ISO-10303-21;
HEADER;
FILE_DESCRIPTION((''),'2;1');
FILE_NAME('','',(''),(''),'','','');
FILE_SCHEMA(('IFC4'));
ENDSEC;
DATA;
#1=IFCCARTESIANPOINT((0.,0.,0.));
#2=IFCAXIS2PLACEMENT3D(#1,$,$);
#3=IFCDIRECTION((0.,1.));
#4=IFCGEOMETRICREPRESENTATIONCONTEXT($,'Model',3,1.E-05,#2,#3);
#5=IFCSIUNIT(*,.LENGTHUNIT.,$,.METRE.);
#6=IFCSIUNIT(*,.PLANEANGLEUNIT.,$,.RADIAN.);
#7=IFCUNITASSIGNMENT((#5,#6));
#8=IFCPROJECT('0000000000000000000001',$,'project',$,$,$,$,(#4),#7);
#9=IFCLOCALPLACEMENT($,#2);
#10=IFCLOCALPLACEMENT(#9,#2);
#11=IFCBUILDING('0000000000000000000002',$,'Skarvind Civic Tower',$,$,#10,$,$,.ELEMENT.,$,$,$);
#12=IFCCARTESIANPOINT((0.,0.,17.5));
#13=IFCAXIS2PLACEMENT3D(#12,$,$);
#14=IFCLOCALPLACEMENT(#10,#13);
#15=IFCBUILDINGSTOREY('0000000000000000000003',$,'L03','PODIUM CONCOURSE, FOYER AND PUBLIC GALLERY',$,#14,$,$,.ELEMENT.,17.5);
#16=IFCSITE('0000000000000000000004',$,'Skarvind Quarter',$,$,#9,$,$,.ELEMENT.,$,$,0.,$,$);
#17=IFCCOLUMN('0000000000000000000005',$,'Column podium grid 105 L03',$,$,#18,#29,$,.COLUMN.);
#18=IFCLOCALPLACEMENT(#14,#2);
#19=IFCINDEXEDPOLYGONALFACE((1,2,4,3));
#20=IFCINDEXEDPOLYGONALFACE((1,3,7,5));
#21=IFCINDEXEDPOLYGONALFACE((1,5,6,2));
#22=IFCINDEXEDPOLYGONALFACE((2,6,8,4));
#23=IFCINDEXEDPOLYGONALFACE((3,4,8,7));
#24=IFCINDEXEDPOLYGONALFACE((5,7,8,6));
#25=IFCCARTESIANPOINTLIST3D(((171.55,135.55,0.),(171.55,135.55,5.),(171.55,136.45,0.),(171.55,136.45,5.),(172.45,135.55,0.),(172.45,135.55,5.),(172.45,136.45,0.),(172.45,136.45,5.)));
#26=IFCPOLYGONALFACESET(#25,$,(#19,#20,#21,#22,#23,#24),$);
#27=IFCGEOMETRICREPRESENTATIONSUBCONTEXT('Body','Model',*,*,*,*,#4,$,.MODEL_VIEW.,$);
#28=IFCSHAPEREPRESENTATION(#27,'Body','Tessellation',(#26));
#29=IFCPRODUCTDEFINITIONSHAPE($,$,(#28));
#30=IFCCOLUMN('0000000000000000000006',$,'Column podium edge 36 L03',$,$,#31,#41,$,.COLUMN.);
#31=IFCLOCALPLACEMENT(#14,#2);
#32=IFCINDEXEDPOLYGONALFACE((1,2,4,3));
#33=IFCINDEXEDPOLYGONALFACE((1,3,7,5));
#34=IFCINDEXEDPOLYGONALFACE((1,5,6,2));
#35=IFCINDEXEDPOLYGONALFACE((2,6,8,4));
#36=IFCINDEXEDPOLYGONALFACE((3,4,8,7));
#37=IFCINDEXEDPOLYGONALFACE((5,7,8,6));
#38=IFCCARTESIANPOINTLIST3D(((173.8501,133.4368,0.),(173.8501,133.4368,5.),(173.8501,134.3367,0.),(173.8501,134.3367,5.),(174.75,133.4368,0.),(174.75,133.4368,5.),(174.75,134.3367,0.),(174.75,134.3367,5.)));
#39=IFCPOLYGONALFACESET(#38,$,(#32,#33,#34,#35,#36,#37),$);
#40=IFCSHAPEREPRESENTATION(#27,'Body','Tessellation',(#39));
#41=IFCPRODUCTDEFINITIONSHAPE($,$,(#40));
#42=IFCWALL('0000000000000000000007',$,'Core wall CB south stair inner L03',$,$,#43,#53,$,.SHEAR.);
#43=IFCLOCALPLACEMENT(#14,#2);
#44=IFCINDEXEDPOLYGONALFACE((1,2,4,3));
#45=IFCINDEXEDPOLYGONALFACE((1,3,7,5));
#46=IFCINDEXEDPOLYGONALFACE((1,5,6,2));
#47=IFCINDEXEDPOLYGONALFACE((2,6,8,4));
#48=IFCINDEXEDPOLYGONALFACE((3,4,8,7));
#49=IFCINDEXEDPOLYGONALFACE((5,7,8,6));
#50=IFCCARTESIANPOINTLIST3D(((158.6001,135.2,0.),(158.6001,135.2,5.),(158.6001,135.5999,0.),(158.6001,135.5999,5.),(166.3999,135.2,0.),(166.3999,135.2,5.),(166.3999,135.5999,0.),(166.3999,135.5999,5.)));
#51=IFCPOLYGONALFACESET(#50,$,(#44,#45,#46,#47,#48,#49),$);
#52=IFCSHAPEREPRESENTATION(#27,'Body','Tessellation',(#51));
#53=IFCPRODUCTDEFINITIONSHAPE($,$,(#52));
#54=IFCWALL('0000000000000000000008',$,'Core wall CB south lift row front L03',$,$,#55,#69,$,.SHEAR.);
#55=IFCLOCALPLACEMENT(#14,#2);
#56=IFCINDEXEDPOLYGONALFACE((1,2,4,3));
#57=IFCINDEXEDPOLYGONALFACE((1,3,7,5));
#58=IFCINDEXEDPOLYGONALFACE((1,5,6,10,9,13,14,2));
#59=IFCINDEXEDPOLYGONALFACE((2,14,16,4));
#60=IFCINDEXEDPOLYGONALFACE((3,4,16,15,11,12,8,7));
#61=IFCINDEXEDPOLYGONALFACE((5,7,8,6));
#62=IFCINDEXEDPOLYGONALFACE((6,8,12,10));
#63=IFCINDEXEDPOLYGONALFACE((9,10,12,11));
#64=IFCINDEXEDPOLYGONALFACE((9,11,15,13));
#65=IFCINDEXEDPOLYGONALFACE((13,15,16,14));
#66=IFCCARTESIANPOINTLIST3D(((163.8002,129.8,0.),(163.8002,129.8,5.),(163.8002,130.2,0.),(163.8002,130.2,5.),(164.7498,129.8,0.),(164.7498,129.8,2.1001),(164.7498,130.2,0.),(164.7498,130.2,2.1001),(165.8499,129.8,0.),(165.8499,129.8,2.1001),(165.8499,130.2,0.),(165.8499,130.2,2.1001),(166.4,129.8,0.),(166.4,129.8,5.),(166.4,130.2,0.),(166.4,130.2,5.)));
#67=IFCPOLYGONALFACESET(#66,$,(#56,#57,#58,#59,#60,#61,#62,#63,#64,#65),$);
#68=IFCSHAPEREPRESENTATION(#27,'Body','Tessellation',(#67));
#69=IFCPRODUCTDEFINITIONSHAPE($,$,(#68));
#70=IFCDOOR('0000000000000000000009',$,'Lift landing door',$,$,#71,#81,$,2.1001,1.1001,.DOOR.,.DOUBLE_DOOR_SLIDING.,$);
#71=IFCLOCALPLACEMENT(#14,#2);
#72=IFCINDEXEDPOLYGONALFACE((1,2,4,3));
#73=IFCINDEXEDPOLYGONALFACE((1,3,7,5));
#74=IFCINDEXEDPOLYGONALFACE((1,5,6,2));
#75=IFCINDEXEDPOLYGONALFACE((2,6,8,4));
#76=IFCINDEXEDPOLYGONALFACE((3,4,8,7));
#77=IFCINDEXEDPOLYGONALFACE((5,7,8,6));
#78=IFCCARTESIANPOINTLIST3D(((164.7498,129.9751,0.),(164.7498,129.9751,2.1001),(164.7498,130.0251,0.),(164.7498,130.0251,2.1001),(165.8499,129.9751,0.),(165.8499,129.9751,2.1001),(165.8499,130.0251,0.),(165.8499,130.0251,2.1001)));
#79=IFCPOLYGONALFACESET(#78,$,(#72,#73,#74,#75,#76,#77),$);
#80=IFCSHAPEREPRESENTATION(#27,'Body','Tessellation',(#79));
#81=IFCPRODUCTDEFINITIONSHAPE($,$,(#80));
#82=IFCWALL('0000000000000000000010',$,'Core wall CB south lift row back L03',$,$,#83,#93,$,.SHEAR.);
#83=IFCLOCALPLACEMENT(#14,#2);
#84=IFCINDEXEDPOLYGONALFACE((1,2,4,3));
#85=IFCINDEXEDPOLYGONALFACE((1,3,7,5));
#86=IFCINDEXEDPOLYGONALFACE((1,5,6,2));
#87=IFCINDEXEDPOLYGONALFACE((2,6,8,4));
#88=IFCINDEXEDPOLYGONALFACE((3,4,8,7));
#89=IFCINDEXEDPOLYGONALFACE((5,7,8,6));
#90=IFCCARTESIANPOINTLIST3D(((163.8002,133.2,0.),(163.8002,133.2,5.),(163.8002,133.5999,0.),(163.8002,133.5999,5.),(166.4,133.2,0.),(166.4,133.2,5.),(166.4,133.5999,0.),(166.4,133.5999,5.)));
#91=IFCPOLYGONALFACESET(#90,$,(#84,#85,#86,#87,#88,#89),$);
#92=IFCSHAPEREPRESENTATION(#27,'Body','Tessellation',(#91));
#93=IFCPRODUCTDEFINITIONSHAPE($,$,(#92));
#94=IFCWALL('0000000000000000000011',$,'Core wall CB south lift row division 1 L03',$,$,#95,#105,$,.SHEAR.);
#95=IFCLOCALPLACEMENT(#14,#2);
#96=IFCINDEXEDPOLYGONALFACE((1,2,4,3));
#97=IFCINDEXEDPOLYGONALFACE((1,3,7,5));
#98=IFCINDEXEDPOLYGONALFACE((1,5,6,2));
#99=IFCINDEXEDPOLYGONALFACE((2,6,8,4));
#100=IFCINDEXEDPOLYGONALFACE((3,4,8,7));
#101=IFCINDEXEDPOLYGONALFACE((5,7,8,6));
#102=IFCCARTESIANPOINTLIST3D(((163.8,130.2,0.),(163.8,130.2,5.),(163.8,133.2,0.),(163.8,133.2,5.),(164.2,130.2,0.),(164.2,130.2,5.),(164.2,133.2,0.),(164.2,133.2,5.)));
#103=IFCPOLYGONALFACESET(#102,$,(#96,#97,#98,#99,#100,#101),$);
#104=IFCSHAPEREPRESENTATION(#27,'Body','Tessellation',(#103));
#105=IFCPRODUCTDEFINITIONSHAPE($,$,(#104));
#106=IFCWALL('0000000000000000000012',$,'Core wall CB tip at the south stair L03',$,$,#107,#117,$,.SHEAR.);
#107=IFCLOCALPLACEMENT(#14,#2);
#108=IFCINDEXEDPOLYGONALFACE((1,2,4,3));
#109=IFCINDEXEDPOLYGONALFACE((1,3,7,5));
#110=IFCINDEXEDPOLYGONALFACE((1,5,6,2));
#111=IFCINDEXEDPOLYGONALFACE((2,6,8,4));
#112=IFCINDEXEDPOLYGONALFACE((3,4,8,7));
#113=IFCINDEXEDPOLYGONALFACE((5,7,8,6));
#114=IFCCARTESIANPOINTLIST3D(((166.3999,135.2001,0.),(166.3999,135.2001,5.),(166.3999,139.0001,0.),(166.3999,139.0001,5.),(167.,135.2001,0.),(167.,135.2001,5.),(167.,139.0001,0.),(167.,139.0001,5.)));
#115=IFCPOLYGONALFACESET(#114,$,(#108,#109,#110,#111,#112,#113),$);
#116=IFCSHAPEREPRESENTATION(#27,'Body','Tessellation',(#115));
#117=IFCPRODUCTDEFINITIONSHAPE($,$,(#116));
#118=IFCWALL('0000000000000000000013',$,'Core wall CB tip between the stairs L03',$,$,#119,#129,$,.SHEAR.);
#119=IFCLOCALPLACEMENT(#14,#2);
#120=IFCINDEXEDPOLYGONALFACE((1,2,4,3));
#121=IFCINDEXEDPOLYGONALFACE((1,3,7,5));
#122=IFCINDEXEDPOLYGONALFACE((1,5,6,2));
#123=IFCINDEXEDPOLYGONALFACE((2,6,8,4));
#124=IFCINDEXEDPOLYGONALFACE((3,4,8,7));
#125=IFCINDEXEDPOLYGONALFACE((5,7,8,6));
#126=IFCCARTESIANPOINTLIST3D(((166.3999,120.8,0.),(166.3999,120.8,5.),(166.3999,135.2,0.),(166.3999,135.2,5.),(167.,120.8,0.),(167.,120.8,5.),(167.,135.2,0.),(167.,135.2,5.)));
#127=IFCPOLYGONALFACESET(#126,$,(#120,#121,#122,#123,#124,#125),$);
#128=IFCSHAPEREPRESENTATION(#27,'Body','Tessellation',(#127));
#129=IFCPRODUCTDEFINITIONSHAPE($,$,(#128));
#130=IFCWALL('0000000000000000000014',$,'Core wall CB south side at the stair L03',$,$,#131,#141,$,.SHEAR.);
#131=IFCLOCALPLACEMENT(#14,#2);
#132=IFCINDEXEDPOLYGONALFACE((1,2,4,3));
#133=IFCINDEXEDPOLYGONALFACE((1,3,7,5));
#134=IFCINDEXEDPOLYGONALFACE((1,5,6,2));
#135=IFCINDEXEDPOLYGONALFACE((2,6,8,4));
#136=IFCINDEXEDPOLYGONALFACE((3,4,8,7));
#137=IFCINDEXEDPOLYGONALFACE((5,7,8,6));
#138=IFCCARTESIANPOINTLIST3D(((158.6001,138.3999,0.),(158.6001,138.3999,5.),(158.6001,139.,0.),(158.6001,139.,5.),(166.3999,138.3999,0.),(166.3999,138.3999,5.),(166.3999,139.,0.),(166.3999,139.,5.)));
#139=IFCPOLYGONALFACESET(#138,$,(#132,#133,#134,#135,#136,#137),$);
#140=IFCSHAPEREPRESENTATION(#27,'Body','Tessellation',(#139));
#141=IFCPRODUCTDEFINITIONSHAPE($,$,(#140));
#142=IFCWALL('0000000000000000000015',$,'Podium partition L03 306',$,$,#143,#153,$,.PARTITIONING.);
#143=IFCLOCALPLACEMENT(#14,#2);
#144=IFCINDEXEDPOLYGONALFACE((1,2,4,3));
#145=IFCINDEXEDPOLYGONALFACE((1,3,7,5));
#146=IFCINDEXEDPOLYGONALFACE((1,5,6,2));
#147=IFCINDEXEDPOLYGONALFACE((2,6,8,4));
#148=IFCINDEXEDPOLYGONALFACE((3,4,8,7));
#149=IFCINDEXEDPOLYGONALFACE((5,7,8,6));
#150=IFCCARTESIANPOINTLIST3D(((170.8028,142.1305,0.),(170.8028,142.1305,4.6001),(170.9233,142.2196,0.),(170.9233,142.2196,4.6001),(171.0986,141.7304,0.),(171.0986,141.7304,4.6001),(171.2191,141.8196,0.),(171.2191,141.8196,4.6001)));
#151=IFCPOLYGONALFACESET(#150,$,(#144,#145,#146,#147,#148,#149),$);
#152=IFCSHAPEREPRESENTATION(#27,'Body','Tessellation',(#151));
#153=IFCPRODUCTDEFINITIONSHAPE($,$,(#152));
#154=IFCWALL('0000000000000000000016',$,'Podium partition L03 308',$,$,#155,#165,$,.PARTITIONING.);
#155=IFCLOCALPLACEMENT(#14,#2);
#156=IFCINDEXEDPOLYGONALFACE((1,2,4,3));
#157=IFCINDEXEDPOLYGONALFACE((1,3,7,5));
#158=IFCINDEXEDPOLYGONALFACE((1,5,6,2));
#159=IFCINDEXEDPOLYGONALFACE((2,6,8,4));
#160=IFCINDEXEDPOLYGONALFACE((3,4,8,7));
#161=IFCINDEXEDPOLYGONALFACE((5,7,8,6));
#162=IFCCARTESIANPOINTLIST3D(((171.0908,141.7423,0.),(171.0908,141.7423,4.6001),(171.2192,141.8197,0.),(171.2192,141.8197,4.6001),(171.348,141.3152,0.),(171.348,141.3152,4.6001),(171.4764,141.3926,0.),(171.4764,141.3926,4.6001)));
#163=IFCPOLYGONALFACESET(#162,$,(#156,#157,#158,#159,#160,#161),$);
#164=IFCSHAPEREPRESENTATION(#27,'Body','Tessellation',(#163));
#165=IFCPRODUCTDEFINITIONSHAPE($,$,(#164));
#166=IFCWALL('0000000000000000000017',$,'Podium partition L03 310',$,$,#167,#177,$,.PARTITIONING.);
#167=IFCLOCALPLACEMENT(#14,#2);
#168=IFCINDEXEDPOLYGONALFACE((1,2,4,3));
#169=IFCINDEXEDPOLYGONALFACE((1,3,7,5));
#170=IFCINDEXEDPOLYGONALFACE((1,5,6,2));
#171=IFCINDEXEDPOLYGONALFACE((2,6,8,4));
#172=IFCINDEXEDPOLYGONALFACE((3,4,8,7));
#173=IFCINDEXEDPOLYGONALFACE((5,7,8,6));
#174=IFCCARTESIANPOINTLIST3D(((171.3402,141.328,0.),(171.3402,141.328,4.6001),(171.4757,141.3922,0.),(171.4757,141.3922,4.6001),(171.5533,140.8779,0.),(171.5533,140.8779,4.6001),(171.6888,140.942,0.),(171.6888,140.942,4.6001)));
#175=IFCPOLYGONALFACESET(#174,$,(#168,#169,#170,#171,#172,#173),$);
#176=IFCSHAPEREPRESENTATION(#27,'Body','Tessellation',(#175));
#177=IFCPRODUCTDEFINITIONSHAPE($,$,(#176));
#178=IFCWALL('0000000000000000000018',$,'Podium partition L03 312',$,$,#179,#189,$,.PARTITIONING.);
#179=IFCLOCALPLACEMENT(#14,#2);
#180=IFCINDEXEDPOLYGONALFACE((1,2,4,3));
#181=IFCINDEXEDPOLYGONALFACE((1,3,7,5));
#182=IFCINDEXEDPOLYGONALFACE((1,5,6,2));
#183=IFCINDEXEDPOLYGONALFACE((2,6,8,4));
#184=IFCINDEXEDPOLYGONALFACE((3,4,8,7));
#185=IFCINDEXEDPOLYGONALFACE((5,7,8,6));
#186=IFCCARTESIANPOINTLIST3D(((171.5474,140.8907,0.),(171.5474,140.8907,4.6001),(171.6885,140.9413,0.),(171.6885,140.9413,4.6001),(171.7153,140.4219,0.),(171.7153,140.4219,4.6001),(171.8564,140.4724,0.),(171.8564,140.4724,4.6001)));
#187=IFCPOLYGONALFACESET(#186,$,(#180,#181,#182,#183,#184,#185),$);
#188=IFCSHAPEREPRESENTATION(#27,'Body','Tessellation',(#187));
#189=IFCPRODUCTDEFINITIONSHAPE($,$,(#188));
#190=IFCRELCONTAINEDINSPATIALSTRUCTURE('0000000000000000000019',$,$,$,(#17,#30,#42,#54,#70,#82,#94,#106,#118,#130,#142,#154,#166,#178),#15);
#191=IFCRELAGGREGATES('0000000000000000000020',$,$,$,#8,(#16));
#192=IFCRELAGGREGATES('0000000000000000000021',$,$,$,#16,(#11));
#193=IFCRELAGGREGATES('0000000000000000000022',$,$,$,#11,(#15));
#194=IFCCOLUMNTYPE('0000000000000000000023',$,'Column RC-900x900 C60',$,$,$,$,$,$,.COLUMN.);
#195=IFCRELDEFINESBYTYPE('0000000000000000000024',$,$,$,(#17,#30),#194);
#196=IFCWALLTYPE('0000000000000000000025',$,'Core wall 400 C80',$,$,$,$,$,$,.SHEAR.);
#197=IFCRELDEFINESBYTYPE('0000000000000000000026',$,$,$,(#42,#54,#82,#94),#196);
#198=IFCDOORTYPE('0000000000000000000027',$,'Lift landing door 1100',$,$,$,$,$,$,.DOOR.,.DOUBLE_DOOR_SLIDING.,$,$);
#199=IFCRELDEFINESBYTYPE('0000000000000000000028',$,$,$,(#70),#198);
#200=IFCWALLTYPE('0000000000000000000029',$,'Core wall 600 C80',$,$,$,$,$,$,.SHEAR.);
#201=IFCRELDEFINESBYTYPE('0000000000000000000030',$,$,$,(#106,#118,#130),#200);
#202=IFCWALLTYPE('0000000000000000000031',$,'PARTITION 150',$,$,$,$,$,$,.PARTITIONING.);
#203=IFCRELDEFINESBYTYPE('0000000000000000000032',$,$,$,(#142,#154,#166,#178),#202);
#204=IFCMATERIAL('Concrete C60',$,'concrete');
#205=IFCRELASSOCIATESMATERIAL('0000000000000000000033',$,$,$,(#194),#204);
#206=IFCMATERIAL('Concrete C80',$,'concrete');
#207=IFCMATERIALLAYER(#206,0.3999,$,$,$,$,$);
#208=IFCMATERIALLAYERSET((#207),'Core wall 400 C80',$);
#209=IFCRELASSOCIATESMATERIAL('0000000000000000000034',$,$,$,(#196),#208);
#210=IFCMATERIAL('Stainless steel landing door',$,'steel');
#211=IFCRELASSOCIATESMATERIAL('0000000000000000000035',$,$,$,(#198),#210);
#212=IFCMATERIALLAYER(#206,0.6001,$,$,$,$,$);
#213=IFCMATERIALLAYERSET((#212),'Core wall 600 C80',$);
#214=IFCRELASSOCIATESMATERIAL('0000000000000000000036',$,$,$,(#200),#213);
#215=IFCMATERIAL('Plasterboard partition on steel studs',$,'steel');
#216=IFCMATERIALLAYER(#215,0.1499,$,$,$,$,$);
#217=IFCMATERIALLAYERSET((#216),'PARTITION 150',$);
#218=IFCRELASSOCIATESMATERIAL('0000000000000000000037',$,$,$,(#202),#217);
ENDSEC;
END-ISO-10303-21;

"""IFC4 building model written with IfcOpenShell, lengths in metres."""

from ifc_helpers import new_model, si_unit, direction, frame, frame_2d, origin, origin_2d, place, context, subcontext, project, spatial, rectangle, extrude, material, layer, layer_set, material_profile, profile_set, type_object, element, fill, save


model = new_model("IFC4")

# Units and contexts
model_context = context("Model", 3, precision=1e-05, world=origin(), true_north=direction((0.0, 1.0)))
body_context = subcontext(model_context, "Body", "Model", "MODEL_VIEW")
ifc_project = project(units=[si_unit("LENGTHUNIT", "METRE"), si_unit("PLANEANGLEUNIT", "RADIAN")], contexts=[model_context])

# Site, building, storey
site_placement = place(None, origin())
site = spatial("IfcSite", under=ifc_project, at=site_placement, Name="Skarvind Quarter", CompositionType="ELEMENT", RefElevation=0.0)
building_placement = place(site_placement, origin())
building = spatial("IfcBuilding", under=site, at=building_placement, Name="Skarvind Civic Tower", CompositionType="ELEMENT")
storey_placement = place(building_placement, frame((0.0, 0.0, 17.5)))
storey = spatial("IfcBuildingStorey", under=building, at=storey_placement, Name="L03", Description="PODIUM CONCOURSE, FOYER AND PUBLIC GALLERY", CompositionType="ELEMENT", Elevation=17.5)

# Columns
ifc_material_1 = material(Name="Concrete C60", Category="concrete")
ifc_material_profile = material_profile(ifc_material_1, rectangle(XDim=0.8999, YDim=0.8999, at=origin_2d()), Name="RC-900x900")
ifc_profile_set = profile_set([ifc_material_profile], Name="Concrete C60")
column_type = type_object("IfcColumnType", Name="Column RC-900x900 C60", PredefinedType="COLUMN", material=ifc_profile_set)
for number, where, z_axis, x_axis, name in (
    (1, (172.0, 136.0, 0.0), (0.0, 0.0, 1.0), (1.0, 0.0, 0.0), "Column podium grid 105 L03"),
    (2, (174.3, 133.8867, 0.0), (0.0, 0.0, 1.0), (1.0, 0.0, 0.0), "Column podium edge 36 L03"),
):
    element("IfcColumn", number, at=place(storey_placement, frame(where, z_axis=z_axis, x_axis=x_axis)), inside=storey, type_object=column_type, Name=name, PredefinedType="COLUMN", context=body_context, shape_type="SweptSolid", body=[
        extrude(rectangle(XDim=0.8999, YDim=0.8999, at=origin_2d()), origin(), (0.0, 0.0, 1.0), 5.0),
    ])

# Wall
ifc_material_2 = material(Name="Concrete C80", Category="concrete")
ifc_layer_1 = layer(ifc_material_2, 0.3999)
ifc_layer_set_1 = layer_set([ifc_layer_1], Name="Core wall 400 C80")
wall_type_1 = type_object("IfcWallType", Name="Core wall 400 C80", PredefinedType="SHEAR", material=ifc_layer_set_1)
wall_1_placement = place(storey_placement, frame((166.3999, 135.3999, 0.0), z_axis=(0.0, 0.0, 1.0), x_axis=(-1.0, 0.0, 0.0)))
element("IfcWall", 3, at=wall_1_placement, inside=storey, type_object=wall_type_1, Name="Core wall CB south stair inner L03", PredefinedType="SHEAR", context=body_context, shape_type="SweptSolid", body=[
    extrude(rectangle(XDim=7.7998, YDim=0.3999, at=frame_2d((3.8999, 0.0))), origin(), (0.0, 0.0, 1.0), 5.0),
])

# Wall, opening, door
wall_2_placement = place(storey_placement, frame((166.3999, 130.0, 0.0), z_axis=(0.0, 0.0, 1.0), x_axis=(-1.0, 0.0, 0.0)))
wall_2 = element("IfcWall", 4, at=wall_2_placement, inside=storey, type_object=wall_type_1, Name="Core wall CB south lift row front L03", PredefinedType="SHEAR", context=body_context, shape_type="SweptSolid", body=[
    extrude(rectangle(XDim=2.5999, YDim=0.3999, at=frame_2d((1.2998, 0.0))), origin(), (0.0, 0.0, 1.0), 5.0),
])
opening_1_placement = place(wall_2_placement, frame((0.55, 0.0, 0.0)))
opening_1 = element("IfcOpeningElement", 5, at=opening_1_placement, cuts=wall_2, PredefinedType="OPENING", context=body_context, shape_type="SweptSolid", body=[
    extrude(rectangle(XDim=1.1001, YDim=2.1001, at=frame_2d((0.55, 1.05))), frame((0.0, 0.21, 0.0), z_axis=(0.0, -1.0, 0.0), x_axis=(1.0, 0.0, 0.0)), (0.0, 0.0, 1.0), 0.4199),
])
ifc_material_3 = material(Name="Stainless steel landing door", Category="steel")
door_type_1 = type_object("IfcDoorType", Name="Lift landing door 1100", OperationType="DOUBLE_DOOR_SLIDING", PredefinedType="DOOR", material=ifc_material_3)
door_1_placement = place(opening_1_placement, origin())
door_1 = element("IfcDoor", 6, at=door_1_placement, inside=storey, type_object=door_type_1, Name="Lift landing door", OperationType="DOUBLE_DOOR_SLIDING", OverallHeight=2.1001, OverallWidth=1.1001, PredefinedType="DOOR", context=body_context, shape_type="SweptSolid", body=[
    extrude(rectangle(XDim=1.1001, YDim=2.1001, at=frame_2d((0.55, 1.05))), frame((0.0, 0.0249, 0.0), z_axis=(0.0, -1.0, 0.0), x_axis=(1.0, 0.0, 0.0)), (0.0, 0.0, 1.0), 0.05),
])
fill(opening_1, door_1)

# Walls
wall_3_placement = place(storey_placement, frame((166.3999, 133.3999, 0.0), z_axis=(0.0, 0.0, 1.0), x_axis=(-1.0, 0.0, 0.0)))
element("IfcWall", 7, at=wall_3_placement, inside=storey, type_object=wall_type_1, Name="Core wall CB south lift row back L03", PredefinedType="SHEAR", context=body_context, shape_type="SweptSolid", body=[
    extrude(rectangle(XDim=2.5999, YDim=0.3999, at=frame_2d((1.2998, 0.0))), origin(), (0.0, 0.0, 1.0), 5.0),
])
wall_4_placement = place(storey_placement, frame((164.0, 133.2, 0.0), z_axis=(0.0, 0.0, 1.0), x_axis=(0.0, -1.0, 0.0)))
element("IfcWall", 8, at=wall_4_placement, inside=storey, type_object=wall_type_1, Name="Core wall CB south lift row division 1 L03", PredefinedType="SHEAR", context=body_context, shape_type="SweptSolid", body=[
    extrude(rectangle(XDim=3.0, YDim=0.3999, at=frame_2d((1.5, 0.0))), origin(), (0.0, 0.0, 1.0), 5.0),
])
ifc_layer_2 = layer(ifc_material_2, 0.6001)
ifc_layer_set_2 = layer_set([ifc_layer_2], Name="Core wall 600 C80")
wall_type_2 = type_object("IfcWallType", Name="Core wall 600 C80", PredefinedType="SHEAR", material=ifc_layer_set_2)
wall_5_placement = place(storey_placement, frame((166.7, 139.0, 0.0), z_axis=(0.0, 0.0, 1.0), x_axis=(0.0, -1.0, 0.0)))
element("IfcWall", 9, at=wall_5_placement, inside=storey, type_object=wall_type_2, Name="Core wall CB tip at the south stair L03", PredefinedType="SHEAR", context=body_context, shape_type="SweptSolid", body=[
    extrude(rectangle(XDim=3.8, YDim=0.6001, at=frame_2d((1.8999, 0.0))), origin(), (0.0, 0.0, 1.0), 5.0),
])
wall_6_placement = place(storey_placement, frame((166.7, 135.2, 0.0), z_axis=(0.0, 0.0, 1.0), x_axis=(0.0, -1.0, 0.0)))
element("IfcWall", 10, at=wall_6_placement, inside=storey, type_object=wall_type_2, Name="Core wall CB tip between the stairs L03", PredefinedType="SHEAR", context=body_context, shape_type="SweptSolid", body=[
    extrude(rectangle(XDim=14.3999, YDim=0.6001, at=frame_2d((7.2, 0.0))), origin(), (0.0, 0.0, 1.0), 5.0),
])
wall_7_placement = place(storey_placement, frame((166.3999, 138.7, 0.0), z_axis=(0.0, 0.0, 1.0), x_axis=(-1.0, 0.0, 0.0)))
element("IfcWall", 11, at=wall_7_placement, inside=storey, type_object=wall_type_2, Name="Core wall CB south side at the stair L03", PredefinedType="SHEAR", context=body_context, shape_type="SweptSolid", body=[
    extrude(rectangle(XDim=7.7998, YDim=0.6001, at=frame_2d((3.8999, 0.0))), origin(), (0.0, 0.0, 1.0), 5.0),
])
ifc_material_4 = material(Name="Plasterboard partition on steel studs", Category="steel")
ifc_layer_3 = layer(ifc_material_4, 0.1499)
ifc_layer_set_3 = layer_set([ifc_layer_3], Name="PARTITION 150")
wall_type_3 = type_object("IfcWallType", Name="PARTITION 150", PredefinedType="PARTITIONING", material=ifc_layer_set_3)
wall_8_placement = place(storey_placement, frame((170.863, 142.175, 0.0), z_axis=(0.0, 0.0, 1.0), x_axis=(0.59457, -0.804044, 0.0)))
element("IfcWall", 12, at=wall_8_placement, inside=storey, type_object=wall_type_3, Name="Podium partition L03 306", PredefinedType="PARTITIONING", context=body_context, shape_type="SweptSolid", body=[
    extrude(rectangle(XDim=0.4976, YDim=0.1499, at=frame_2d((0.2488, 0.0))), origin(), (0.0, 0.0, 1.0), 4.6001),
])
wall_9_placement = place(storey_placement, frame((171.155, 141.781, 0.0), z_axis=(0.0, 0.0, 1.0), x_axis=(0.515792, -0.856714, 0.0)))
element("IfcWall", 13, at=wall_9_placement, inside=storey, type_object=wall_type_3, Name="Podium partition L03 308", PredefinedType="PARTITIONING", context=body_context, shape_type="SweptSolid", body=[
    extrude(rectangle(XDim=0.4985, YDim=0.1499, at=frame_2d((0.2493, 0.0))), origin(), (0.0, 0.0, 1.0), 4.6001),
])
for number, where, z_axis, x_axis, name in (
    (14, (171.408, 141.3601, 0.0), (0.0, 0.0, 1.0), (0.427897, -0.903828, 0.0), "Podium partition L03 310"),
    (15, (171.6179, 140.916, 0.0), (0.0, 0.0, 1.0), (0.337174, -0.941442, 0.0), "Podium partition L03 312"),
):
    element("IfcWall", number, at=place(storey_placement, frame(where, z_axis=z_axis, x_axis=x_axis)), inside=storey, type_object=wall_type_3, Name=name, PredefinedType="PARTITIONING", context=body_context, shape_type="SweptSolid", body=[
        extrude(rectangle(XDim=0.498, YDim=0.1499, at=frame_2d((0.249, 0.0))), origin(), (0.0, 0.0, 1.0), 4.6001),
    ])

save(model, "model.ifc")
